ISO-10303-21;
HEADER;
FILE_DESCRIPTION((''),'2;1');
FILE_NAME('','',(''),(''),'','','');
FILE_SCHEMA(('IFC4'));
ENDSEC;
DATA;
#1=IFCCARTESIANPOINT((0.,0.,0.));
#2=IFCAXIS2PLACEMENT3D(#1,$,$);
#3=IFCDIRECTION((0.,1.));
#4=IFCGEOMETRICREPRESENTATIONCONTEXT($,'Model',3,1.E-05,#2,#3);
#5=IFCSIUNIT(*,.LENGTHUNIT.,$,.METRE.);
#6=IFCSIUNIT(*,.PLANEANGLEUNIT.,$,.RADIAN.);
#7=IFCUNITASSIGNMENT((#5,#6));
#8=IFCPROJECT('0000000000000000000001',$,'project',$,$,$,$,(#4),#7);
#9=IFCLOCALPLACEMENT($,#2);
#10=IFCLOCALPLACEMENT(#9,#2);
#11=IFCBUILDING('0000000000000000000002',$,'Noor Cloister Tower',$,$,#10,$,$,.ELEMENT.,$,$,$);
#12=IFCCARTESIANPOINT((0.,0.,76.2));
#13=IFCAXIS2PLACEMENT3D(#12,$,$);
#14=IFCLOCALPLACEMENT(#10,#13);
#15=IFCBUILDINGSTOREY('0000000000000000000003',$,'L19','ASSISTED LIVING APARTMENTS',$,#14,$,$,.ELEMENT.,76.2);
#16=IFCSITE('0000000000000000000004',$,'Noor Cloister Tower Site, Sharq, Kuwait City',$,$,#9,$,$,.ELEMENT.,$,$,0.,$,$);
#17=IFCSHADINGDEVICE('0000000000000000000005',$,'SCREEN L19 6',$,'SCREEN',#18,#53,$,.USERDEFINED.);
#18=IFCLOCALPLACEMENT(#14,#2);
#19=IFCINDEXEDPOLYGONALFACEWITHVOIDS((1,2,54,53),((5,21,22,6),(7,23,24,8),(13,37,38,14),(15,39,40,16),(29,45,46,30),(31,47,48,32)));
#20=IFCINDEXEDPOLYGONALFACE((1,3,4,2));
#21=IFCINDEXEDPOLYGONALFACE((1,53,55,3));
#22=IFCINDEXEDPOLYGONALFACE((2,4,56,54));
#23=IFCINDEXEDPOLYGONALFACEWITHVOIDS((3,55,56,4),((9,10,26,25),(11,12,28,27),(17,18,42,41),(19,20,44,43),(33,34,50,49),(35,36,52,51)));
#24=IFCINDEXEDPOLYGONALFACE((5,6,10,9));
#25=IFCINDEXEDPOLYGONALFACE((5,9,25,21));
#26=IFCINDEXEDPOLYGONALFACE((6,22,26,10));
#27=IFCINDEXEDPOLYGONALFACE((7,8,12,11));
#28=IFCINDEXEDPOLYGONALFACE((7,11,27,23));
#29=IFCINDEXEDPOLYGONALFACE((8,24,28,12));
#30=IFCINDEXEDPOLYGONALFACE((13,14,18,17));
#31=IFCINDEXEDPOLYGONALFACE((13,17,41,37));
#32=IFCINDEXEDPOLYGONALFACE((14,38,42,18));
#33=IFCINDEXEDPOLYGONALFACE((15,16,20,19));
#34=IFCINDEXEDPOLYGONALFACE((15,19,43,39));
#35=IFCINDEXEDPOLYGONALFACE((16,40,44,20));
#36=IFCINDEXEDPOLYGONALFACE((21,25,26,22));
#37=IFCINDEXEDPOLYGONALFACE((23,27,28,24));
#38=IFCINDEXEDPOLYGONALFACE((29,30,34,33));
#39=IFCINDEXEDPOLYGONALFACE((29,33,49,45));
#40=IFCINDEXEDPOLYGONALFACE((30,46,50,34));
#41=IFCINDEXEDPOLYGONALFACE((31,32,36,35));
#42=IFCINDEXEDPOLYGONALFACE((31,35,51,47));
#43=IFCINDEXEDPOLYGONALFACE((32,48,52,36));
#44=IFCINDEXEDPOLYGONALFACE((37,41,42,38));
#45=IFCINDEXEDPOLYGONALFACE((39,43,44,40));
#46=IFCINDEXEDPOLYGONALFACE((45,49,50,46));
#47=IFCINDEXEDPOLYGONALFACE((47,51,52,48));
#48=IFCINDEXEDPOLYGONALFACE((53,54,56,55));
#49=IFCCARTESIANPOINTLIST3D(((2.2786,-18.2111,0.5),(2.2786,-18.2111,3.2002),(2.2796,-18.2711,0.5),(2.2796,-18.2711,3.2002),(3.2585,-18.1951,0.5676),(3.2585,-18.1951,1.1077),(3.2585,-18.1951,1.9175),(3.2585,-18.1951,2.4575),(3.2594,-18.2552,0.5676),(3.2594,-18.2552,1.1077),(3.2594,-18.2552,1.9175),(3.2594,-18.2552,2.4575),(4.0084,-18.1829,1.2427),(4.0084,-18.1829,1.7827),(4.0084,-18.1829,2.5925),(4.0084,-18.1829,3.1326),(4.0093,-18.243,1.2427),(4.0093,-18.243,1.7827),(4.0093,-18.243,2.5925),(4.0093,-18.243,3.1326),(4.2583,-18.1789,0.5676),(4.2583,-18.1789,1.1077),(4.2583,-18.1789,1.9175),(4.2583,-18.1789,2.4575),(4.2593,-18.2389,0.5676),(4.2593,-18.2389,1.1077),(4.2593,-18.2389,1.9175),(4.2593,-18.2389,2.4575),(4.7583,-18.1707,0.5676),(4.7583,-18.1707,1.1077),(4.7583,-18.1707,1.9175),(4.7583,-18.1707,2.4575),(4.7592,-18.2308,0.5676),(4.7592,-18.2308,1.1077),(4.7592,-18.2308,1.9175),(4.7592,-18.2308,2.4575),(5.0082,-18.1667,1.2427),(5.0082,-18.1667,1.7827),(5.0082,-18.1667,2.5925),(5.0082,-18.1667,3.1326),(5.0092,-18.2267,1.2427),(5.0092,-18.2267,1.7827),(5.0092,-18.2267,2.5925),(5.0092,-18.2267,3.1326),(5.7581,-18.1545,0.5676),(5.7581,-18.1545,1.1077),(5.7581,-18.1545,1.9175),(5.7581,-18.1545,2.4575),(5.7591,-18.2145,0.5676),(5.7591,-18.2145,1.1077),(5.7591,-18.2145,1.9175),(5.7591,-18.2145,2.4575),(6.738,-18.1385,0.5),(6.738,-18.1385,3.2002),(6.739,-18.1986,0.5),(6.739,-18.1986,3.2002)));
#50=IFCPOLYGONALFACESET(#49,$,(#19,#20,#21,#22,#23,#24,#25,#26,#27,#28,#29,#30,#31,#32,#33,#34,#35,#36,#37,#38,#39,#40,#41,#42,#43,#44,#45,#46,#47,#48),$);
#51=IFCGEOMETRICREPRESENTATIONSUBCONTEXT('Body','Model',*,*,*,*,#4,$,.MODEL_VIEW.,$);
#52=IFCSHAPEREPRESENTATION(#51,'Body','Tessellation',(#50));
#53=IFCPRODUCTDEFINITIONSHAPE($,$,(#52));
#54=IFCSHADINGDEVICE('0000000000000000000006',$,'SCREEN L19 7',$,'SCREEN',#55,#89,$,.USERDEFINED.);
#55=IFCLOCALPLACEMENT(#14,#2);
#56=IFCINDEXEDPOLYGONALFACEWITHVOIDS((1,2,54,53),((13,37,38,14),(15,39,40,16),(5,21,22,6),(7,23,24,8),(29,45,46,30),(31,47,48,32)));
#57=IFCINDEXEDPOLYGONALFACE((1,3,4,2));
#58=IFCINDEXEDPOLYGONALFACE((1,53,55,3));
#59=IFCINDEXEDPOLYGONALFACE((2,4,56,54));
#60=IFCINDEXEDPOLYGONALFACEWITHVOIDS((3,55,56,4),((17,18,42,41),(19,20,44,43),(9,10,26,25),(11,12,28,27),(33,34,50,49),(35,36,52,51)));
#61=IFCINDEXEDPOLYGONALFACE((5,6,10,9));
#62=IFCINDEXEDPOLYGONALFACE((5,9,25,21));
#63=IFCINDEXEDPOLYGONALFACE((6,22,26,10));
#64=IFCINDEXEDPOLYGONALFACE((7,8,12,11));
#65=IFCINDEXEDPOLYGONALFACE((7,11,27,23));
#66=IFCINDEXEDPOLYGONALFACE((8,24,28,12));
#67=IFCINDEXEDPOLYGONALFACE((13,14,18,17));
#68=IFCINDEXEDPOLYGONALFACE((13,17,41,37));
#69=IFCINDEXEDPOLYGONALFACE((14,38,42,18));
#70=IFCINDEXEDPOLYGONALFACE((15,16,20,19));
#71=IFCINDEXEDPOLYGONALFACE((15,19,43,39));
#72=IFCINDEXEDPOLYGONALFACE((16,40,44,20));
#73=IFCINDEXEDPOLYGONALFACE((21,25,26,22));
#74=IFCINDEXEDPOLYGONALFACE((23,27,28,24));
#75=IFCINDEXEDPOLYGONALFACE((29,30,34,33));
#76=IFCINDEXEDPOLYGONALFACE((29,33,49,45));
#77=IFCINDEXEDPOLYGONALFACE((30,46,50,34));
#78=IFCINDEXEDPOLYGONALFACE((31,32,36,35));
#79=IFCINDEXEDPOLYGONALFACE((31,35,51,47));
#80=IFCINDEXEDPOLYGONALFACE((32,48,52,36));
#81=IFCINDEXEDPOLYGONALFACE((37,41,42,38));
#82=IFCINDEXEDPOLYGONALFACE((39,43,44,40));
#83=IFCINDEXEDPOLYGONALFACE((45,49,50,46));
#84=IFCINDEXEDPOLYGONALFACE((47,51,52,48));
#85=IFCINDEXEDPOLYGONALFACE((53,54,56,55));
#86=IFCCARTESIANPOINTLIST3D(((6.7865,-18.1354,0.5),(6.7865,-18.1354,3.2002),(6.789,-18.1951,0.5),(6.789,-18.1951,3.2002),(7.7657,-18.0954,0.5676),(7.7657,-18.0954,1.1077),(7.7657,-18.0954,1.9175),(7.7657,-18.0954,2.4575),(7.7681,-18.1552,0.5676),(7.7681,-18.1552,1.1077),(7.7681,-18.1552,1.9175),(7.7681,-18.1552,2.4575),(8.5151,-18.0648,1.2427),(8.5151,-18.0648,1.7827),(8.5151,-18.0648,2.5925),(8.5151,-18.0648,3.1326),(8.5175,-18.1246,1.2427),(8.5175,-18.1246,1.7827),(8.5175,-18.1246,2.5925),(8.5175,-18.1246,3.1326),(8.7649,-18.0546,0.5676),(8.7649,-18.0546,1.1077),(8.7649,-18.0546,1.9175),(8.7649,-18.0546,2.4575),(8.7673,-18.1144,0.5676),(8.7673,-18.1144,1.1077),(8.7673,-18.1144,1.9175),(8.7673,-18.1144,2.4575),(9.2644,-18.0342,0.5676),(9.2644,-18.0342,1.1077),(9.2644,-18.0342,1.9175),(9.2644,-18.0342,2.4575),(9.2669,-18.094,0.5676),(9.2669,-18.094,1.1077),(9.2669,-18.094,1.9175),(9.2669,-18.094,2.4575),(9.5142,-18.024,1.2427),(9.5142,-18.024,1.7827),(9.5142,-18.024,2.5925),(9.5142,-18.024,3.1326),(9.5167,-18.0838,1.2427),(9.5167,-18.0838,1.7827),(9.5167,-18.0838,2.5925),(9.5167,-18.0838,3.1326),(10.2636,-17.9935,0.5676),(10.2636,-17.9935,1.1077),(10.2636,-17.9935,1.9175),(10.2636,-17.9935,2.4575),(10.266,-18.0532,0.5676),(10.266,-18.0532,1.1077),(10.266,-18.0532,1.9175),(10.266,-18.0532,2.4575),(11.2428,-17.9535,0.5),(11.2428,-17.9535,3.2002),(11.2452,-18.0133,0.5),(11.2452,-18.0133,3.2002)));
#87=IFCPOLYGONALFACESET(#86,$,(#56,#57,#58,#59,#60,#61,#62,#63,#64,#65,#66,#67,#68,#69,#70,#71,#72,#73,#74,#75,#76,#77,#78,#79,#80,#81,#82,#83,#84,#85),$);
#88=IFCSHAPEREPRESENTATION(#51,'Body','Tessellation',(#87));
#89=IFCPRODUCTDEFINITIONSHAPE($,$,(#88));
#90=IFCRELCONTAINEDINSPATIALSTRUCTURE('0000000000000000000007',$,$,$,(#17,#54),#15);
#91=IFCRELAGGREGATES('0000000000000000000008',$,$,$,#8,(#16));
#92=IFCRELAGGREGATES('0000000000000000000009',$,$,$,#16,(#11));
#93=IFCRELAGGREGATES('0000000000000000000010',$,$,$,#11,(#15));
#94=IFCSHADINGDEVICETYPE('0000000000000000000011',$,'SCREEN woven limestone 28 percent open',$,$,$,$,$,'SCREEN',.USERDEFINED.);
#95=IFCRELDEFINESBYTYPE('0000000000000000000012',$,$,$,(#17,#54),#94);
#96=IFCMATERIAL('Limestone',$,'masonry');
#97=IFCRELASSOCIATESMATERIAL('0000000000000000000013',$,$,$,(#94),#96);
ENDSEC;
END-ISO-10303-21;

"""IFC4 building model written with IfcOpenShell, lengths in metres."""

from ifc_helpers import new_model, si_unit, direction, frame, origin, place, context, subcontext, project, spatial, polyline, outline, extrude, material, material_profile, profile_set, type_object, element, save


model = new_model("IFC4")

# Units and contexts
model_context = context("Model", 3, precision=1e-05, world=origin(), true_north=direction((0.0, 1.0)))
body_context = subcontext(model_context, "Body", "Model", "MODEL_VIEW")
ifc_project = project(units=[si_unit("LENGTHUNIT", "METRE"), si_unit("PLANEANGLEUNIT", "RADIAN")], contexts=[model_context])

# Site, building, storey
site_placement = place(None, origin())
site = spatial("IfcSite", under=ifc_project, at=site_placement, Name="Noor Cloister Tower Site, Sharq, Kuwait City", CompositionType="ELEMENT", RefElevation=0.0)
building_placement = place(site_placement, origin())
building = spatial("IfcBuilding", under=site, at=building_placement, Name="Noor Cloister Tower", CompositionType="ELEMENT")
storey_placement = place(building_placement, frame((0.0, 0.0, 76.2)))
storey = spatial("IfcBuildingStorey", under=building, at=storey_placement, Name="L19", Description="ASSISTED LIVING APARTMENTS", CompositionType="ELEMENT", Elevation=76.2)

# Shading devices
ifc_material_1 = material(Name="Limestone", Category="masonry")
ifc_material_profile_1 = material_profile(ifc_material_1, outline(polyline([(-2.23, -1.3501), (2.23, -1.3501), (2.23, 1.3501), (-2.23, 1.3501), (-2.23, -1.3501)]), holes=[polyline([(-1.25, -1.2825), (-0.25, -1.2825), (-0.25, -0.7424), (-1.25, -0.7424), (-1.25, -1.2825)]), polyline([(0.25, -1.2825), (1.25, -1.2825), (1.25, -0.7424), (0.25, -0.7424), (0.25, -1.2825)]), polyline([(-0.5, -0.6074), (0.5, -0.6074), (0.5, -0.0674), (-0.5, -0.0674), (-0.5, -0.6074)]), polyline([(-1.25, 0.0674), (-0.25, 0.0674), (-0.25, 0.6074), (-1.25, 0.6074), (-1.25, 0.0674)]), polyline([(0.25, 0.0674), (1.25, 0.0674), (1.25, 0.6074), (0.25, 0.6074), (0.25, 0.0674)]), polyline([(-0.5, 0.7424), (0.5, 0.7424), (0.5, 1.2825), (-0.5, 1.2825), (-0.5, 0.7424)])]), Name="Woven screen 28 percent open")
ifc_profile_set_1 = profile_set([ifc_material_profile_1], Name="Limestone")
shading_device_type = type_object("IfcShadingDeviceType", Name="SCREEN woven limestone 28 percent open", ElementType="SCREEN", PredefinedType="USERDEFINED", material=ifc_profile_set_1)
shading_device_1_placement = place(storey_placement, frame((4.5083, -18.1748, 1.8501), z_axis=(0.016258, -0.999868, 0.0), x_axis=(0.999868, 0.016258, 0.0)))
element("IfcShadingDevice", 1, at=shading_device_1_placement, inside=storey, type_object=shading_device_type, Name="SCREEN L19 6", ObjectType="SCREEN", PredefinedType="USERDEFINED", context=body_context, shape_type="SweptSolid", body=[
    extrude(outline(polyline([(-2.23, -1.3501), (2.23, -1.3501), (2.23, 1.3501), (-2.23, 1.3501), (-2.23, -1.3501)]), holes=[polyline([(-1.25, -1.2825), (-0.25, -1.2825), (-0.25, -0.7424), (-1.25, -0.7424), (-1.25, -1.2825)]), polyline([(0.25, -1.2825), (1.25, -1.2825), (1.25, -0.7424), (0.25, -0.7424), (0.25, -1.2825)]), polyline([(-0.5, -0.6074), (0.5, -0.6074), (0.5, -0.0674), (-0.5, -0.0674), (-0.5, -0.6074)]), polyline([(-1.25, 0.0674), (-0.25, 0.0674), (-0.25, 0.6074), (-1.25, 0.6074), (-1.25, 0.0674)]), polyline([(0.25, 0.0674), (1.25, 0.0674), (1.25, 0.6074), (0.25, 0.6074), (0.25, 0.0674)]), polyline([(-0.5, 0.7424), (0.5, 0.7424), (0.5, 1.2825), (-0.5, 1.2825), (-0.5, 0.7424)])]), origin(), (0.0, 0.0, 1.0), 0.0601),
])
shading_device_2_placement = place(storey_placement, frame((9.0146, -18.0444, 1.8501), z_axis=(0.040782, -0.999168, 0.0), x_axis=(0.999168, 0.040782, 0.0)))
element("IfcShadingDevice", 2, at=shading_device_2_placement, inside=storey, type_object=shading_device_type, Name="SCREEN L19 7", ObjectType="SCREEN", PredefinedType="USERDEFINED", context=body_context, shape_type="SweptSolid", body=[
    extrude(outline(polyline([(-2.23, -1.3501), (2.23, -1.3501), (2.23, 1.3501), (-2.23, 1.3501), (-2.23, -1.3501)]), holes=[polyline([(-1.25, -1.2825), (-0.25, -1.2825), (-0.25, -0.7424), (-1.25, -0.7424), (-1.25, -1.2825)]), polyline([(0.25, -1.2825), (1.25, -1.2825), (1.25, -0.7424), (0.25, -0.7424), (0.25, -1.2825)]), polyline([(-0.5, -0.6074), (0.5, -0.6074), (0.5, -0.0674), (-0.5, -0.0674), (-0.5, -0.6074)]), polyline([(-1.25, 0.0674), (-0.25, 0.0674), (-0.25, 0.6074), (-1.25, 0.6074), (-1.25, 0.0674)]), polyline([(0.25, 0.0674), (1.25, 0.0674), (1.25, 0.6074), (0.25, 0.6074), (0.25, 0.0674)]), polyline([(-0.5, 0.7424), (0.5, 0.7424), (0.5, 1.2825), (-0.5, 1.2825), (-0.5, 0.7424)])]), origin(), (0.0, 0.0, 1.0), 0.0598),
])

save(model, "model.ifc")
